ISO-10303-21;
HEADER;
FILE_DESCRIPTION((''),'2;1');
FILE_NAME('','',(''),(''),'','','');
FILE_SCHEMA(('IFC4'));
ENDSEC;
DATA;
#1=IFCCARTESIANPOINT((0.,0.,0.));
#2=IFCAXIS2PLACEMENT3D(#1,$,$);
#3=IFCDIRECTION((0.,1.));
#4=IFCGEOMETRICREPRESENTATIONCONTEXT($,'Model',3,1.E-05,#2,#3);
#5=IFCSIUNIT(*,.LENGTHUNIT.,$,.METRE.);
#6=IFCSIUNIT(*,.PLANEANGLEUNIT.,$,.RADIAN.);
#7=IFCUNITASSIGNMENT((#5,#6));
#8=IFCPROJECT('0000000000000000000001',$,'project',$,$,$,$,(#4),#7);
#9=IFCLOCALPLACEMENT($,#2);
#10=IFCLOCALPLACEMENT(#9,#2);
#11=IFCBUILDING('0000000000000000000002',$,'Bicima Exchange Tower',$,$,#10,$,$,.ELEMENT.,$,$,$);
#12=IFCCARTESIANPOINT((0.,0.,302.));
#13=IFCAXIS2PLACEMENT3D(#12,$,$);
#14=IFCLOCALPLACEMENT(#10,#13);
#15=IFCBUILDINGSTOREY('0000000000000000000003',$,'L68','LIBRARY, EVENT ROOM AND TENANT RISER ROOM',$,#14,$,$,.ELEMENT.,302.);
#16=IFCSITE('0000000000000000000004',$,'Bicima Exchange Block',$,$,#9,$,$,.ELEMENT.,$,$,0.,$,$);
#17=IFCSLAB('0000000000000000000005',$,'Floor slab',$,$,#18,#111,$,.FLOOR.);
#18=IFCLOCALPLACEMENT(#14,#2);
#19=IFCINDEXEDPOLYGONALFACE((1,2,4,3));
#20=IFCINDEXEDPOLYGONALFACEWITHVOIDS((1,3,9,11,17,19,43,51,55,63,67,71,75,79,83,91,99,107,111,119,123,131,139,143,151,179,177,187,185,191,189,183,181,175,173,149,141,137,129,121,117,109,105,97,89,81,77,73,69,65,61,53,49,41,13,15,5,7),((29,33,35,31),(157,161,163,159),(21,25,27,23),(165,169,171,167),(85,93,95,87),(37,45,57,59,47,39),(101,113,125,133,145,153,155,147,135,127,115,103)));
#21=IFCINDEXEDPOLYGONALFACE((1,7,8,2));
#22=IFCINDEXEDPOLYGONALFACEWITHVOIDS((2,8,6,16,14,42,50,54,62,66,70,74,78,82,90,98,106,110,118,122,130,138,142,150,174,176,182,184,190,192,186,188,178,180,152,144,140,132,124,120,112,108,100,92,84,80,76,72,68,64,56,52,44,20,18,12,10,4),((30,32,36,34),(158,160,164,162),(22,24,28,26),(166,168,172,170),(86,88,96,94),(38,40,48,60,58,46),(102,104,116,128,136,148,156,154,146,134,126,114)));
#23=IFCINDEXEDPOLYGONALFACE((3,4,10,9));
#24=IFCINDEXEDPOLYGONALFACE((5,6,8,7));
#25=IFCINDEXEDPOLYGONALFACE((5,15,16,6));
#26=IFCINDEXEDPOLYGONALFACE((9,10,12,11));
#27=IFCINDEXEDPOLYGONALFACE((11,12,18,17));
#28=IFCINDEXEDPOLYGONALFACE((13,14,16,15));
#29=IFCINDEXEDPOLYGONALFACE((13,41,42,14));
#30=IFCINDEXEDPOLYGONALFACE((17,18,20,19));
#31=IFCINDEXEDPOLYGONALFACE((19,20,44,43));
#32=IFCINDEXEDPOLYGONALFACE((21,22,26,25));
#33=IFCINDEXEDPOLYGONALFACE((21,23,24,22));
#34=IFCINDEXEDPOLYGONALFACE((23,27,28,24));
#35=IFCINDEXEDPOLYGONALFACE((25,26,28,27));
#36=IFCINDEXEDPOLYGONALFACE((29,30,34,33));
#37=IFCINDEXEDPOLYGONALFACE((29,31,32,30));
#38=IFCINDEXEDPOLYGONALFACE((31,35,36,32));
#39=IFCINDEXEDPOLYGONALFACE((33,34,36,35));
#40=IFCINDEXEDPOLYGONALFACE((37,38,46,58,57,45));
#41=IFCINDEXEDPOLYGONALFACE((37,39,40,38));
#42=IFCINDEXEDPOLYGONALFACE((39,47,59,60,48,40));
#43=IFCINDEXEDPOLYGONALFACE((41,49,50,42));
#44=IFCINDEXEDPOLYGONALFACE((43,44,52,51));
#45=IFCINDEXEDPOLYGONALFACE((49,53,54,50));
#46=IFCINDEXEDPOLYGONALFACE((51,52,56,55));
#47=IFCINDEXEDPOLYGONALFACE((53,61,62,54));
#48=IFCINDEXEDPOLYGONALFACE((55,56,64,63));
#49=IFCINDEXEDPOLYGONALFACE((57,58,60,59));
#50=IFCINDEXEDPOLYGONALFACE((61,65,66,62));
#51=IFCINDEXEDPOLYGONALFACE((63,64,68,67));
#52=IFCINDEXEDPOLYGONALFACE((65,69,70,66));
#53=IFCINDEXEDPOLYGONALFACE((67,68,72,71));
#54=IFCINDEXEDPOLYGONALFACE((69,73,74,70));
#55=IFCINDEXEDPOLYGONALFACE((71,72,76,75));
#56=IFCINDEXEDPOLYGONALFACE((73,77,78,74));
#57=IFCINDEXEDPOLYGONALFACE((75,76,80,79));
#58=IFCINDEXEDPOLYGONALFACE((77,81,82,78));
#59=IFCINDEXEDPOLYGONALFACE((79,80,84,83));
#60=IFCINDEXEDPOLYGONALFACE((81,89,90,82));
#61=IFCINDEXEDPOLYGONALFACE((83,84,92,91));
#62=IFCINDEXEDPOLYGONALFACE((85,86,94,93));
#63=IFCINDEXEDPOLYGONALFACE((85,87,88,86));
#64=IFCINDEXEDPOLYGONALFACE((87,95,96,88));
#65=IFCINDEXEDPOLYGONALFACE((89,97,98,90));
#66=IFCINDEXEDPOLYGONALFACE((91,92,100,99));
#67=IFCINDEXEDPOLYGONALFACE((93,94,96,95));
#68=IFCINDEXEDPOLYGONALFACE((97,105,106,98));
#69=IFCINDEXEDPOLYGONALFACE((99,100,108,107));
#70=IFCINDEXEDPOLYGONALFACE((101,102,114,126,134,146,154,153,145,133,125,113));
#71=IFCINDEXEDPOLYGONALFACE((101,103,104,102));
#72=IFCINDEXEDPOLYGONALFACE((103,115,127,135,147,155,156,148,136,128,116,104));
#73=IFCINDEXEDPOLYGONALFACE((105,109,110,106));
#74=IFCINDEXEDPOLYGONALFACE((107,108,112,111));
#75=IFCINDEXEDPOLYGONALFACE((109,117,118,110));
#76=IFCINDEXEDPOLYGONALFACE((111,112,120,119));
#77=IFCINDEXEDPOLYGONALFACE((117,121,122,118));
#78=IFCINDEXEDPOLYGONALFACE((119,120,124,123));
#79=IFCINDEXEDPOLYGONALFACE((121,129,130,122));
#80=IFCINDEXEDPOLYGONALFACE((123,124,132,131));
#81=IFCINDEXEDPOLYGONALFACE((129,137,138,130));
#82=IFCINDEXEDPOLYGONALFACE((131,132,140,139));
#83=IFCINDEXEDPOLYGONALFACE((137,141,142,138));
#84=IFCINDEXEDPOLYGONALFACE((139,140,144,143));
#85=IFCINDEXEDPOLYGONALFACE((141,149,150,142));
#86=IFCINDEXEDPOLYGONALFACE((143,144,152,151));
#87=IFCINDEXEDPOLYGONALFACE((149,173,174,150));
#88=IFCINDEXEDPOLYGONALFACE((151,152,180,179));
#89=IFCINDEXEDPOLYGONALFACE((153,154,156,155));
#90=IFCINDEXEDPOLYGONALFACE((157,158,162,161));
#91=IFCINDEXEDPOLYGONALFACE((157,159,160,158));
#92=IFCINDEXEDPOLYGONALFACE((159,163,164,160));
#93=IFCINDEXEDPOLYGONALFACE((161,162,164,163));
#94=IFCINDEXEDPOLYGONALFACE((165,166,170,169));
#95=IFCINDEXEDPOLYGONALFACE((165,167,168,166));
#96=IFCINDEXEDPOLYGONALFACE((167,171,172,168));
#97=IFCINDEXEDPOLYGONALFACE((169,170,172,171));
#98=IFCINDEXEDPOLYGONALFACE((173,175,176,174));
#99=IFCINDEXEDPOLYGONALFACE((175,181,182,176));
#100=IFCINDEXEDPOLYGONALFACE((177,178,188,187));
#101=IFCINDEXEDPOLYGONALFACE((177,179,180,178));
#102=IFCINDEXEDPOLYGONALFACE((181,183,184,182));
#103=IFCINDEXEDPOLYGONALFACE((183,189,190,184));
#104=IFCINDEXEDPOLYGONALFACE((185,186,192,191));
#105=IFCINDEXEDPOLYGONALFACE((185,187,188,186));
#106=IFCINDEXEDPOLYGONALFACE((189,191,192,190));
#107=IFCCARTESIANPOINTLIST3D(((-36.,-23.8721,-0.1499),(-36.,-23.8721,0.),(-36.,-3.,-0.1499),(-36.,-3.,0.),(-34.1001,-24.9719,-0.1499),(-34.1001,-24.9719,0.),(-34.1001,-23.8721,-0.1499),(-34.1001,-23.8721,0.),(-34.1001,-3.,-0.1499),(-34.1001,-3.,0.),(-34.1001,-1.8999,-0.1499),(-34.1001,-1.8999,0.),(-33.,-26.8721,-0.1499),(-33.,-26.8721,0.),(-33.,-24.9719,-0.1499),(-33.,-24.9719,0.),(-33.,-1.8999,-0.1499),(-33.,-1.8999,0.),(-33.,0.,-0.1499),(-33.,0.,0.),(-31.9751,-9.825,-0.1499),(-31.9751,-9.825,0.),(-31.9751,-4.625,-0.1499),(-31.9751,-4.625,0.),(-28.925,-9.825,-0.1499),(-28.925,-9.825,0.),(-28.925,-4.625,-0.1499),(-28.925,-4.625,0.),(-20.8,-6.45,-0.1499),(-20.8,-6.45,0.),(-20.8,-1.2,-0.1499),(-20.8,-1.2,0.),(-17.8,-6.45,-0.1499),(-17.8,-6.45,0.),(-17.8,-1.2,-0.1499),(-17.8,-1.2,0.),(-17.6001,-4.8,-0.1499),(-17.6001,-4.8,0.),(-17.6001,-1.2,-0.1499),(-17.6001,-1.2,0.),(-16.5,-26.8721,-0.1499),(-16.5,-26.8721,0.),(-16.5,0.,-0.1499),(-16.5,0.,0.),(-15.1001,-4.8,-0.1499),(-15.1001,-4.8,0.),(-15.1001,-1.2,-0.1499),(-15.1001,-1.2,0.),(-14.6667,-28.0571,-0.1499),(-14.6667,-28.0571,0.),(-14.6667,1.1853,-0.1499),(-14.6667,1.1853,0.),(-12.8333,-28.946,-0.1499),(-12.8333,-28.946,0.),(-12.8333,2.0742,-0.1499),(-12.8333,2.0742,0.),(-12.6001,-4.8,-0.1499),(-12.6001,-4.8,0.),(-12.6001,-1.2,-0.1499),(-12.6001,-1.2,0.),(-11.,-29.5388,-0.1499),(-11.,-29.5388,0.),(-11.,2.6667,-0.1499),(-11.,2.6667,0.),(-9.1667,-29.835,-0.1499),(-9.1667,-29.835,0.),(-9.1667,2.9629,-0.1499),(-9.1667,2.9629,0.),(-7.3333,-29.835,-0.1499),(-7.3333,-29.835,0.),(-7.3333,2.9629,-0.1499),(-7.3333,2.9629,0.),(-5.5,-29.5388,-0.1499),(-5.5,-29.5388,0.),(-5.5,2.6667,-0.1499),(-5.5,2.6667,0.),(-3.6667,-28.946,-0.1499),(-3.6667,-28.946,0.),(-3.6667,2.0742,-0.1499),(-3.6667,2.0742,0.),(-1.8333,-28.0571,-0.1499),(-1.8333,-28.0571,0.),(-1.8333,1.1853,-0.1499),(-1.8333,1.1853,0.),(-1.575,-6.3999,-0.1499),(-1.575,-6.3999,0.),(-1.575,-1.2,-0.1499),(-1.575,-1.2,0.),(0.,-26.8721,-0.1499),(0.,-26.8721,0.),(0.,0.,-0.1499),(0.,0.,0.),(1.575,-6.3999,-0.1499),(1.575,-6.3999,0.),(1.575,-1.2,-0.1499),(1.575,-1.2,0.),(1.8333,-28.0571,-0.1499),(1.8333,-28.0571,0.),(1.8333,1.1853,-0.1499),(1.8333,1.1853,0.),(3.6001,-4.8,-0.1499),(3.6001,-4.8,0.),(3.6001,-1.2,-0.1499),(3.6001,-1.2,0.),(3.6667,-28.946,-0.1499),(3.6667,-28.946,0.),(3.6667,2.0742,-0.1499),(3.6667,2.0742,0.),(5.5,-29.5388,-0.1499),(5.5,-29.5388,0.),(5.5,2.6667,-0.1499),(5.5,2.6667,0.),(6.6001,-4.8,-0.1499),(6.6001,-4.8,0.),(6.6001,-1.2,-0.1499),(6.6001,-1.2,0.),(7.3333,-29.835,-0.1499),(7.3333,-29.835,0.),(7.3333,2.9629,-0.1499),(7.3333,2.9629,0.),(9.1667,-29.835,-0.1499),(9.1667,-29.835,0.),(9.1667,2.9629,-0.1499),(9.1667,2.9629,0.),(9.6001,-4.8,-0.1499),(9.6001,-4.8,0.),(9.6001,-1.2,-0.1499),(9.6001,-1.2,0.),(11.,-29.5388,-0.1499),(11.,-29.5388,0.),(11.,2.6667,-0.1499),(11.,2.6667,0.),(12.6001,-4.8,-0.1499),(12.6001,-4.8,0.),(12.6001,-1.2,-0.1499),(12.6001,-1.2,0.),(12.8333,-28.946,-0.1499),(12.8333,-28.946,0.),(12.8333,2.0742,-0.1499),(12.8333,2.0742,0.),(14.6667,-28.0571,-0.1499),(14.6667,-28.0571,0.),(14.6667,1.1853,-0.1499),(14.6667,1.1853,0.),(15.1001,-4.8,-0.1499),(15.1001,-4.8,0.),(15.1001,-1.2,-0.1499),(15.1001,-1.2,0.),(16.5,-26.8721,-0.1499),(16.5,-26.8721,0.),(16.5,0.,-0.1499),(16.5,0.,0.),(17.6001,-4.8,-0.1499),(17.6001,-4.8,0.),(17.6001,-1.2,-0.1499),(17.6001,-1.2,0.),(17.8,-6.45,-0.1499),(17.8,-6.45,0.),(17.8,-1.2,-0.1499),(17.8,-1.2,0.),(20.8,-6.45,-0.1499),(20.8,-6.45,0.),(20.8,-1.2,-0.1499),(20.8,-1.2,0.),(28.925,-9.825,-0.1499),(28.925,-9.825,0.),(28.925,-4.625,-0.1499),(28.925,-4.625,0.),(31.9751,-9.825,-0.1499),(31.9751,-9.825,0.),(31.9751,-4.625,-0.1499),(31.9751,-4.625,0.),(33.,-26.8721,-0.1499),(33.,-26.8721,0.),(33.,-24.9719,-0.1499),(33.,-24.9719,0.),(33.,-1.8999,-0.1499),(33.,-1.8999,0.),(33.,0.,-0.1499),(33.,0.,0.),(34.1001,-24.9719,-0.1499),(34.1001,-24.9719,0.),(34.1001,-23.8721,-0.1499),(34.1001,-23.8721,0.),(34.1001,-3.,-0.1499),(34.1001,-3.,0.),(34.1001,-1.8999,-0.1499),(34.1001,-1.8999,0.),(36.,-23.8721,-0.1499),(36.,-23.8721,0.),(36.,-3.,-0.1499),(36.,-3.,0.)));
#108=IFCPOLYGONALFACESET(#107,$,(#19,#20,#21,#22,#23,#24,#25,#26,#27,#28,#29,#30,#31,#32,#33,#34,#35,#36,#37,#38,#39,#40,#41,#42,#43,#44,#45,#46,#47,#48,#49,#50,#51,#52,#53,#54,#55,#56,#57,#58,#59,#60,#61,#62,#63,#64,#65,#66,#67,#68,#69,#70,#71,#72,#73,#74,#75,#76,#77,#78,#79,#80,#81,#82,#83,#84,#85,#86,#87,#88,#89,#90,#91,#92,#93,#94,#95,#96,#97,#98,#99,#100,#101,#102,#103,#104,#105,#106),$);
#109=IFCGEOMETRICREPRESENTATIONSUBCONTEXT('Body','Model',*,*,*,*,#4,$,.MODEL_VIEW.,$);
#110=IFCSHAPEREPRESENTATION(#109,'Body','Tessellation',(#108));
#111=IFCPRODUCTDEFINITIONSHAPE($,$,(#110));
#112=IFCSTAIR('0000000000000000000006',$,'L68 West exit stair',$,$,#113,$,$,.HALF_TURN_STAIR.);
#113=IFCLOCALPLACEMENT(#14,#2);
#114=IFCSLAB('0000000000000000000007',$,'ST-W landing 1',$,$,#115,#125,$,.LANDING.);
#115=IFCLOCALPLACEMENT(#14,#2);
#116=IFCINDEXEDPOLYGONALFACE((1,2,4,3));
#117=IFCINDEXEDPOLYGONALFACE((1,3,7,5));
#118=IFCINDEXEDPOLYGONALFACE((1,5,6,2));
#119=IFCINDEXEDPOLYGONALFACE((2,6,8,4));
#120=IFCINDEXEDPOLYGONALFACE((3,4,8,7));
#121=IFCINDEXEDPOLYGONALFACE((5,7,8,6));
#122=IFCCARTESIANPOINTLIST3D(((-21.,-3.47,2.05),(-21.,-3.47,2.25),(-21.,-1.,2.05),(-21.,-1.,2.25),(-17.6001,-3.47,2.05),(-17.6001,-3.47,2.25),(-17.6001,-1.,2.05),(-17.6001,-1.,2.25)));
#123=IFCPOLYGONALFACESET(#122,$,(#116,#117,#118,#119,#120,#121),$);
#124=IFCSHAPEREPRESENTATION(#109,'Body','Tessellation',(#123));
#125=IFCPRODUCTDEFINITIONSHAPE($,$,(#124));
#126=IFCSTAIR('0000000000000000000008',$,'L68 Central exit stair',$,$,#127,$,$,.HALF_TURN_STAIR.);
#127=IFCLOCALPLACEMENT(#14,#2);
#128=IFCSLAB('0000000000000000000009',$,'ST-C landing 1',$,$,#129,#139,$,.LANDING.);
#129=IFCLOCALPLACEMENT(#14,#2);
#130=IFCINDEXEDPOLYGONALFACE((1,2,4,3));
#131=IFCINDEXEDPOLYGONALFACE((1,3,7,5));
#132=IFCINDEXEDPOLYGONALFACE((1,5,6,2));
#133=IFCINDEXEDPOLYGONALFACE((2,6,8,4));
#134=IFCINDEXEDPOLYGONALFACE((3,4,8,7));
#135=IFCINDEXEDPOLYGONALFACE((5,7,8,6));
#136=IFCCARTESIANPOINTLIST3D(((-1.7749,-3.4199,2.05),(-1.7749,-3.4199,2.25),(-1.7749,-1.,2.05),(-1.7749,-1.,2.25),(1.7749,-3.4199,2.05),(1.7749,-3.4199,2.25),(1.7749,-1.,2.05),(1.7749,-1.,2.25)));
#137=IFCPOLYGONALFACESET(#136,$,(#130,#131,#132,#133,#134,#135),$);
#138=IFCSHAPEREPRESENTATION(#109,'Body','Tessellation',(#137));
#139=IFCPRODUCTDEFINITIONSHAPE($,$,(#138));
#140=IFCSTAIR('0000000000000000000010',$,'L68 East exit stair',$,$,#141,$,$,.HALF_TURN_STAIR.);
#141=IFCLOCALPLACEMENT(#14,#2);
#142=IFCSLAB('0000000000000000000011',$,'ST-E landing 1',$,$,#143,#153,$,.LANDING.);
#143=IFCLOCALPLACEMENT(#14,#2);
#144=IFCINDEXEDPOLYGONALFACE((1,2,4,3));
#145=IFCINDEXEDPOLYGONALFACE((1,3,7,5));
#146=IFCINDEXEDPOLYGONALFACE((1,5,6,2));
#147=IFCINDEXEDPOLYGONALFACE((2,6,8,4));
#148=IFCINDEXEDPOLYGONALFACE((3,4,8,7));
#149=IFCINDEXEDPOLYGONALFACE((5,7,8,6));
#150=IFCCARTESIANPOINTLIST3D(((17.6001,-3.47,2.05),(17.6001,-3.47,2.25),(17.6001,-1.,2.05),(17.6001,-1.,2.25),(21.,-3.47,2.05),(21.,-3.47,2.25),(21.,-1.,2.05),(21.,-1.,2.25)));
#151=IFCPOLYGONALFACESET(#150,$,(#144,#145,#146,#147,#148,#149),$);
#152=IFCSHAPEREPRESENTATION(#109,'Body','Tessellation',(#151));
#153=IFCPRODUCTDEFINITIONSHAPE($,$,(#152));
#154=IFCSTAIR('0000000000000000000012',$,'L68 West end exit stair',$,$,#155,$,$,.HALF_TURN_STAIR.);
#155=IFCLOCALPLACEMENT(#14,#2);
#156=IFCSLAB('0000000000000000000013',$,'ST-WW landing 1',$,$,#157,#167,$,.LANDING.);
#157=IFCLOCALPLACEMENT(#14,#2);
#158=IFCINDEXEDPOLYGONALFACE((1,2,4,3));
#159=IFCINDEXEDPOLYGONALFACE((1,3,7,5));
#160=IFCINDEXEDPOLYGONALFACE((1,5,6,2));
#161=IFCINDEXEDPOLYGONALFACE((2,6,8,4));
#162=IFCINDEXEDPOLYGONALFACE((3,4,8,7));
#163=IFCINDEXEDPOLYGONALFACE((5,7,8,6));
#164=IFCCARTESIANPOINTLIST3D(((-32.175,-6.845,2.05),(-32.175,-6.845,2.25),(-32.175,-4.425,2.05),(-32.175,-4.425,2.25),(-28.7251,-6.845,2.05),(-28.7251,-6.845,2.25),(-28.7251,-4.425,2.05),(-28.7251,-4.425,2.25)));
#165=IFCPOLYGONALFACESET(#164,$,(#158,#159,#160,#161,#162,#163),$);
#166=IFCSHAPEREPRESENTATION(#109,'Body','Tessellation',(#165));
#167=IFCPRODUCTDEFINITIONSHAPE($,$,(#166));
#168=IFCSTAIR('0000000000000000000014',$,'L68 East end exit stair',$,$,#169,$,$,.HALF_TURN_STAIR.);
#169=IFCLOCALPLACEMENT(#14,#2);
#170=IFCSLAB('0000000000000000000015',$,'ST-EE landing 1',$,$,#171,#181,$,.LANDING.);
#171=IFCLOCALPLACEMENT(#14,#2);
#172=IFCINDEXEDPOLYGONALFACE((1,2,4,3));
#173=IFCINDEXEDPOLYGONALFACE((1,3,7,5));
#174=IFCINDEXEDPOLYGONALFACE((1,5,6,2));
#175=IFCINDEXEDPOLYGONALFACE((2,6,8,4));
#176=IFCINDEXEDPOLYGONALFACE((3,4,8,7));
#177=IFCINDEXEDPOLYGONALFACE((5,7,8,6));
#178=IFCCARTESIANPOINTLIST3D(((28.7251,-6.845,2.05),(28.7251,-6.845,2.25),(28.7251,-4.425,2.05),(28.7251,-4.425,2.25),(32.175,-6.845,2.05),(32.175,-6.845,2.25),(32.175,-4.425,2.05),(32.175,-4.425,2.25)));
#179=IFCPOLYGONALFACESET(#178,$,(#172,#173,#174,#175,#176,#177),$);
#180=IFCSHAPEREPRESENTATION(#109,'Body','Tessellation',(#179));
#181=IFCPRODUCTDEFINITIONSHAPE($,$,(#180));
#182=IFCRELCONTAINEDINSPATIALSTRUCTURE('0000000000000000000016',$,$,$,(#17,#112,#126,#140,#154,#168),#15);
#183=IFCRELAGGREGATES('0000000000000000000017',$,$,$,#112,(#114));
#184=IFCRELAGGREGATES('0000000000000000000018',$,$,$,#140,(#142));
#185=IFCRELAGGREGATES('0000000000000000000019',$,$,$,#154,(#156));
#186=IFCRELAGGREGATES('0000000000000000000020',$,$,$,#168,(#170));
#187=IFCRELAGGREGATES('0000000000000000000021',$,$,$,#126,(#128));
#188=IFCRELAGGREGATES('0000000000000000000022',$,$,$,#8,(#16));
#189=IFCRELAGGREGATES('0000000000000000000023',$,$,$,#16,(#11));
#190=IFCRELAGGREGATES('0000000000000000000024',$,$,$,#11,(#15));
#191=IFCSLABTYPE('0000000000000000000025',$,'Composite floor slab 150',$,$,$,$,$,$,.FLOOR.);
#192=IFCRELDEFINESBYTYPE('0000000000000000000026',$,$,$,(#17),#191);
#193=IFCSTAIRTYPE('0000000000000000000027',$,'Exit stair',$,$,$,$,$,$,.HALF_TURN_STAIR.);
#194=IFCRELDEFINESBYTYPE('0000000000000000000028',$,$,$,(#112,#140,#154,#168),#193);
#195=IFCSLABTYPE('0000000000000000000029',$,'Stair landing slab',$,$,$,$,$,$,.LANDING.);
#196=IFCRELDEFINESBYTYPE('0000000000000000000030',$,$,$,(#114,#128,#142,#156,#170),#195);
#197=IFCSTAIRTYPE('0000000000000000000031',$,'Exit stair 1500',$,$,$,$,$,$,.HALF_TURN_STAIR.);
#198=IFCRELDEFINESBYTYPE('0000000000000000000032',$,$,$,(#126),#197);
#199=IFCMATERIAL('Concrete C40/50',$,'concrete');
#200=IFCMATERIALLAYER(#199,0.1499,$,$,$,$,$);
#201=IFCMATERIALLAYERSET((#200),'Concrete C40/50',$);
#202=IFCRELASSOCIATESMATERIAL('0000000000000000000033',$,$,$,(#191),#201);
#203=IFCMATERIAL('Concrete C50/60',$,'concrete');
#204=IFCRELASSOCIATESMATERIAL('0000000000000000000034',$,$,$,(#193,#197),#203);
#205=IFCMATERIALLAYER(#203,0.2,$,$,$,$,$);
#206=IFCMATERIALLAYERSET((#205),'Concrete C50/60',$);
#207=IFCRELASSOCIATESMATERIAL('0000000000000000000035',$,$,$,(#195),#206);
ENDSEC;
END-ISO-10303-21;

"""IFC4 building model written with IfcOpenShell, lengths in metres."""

from ifc_helpers import new_model, si_unit, direction, frame, origin, place, context, subcontext, project, spatial, polyline, outline, extrude, material, layer, layer_set, type_object, element, aggregate, save


model = new_model("IFC4")

# Units and contexts
model_context = context("Model", 3, precision=1e-05, world=origin(), true_north=direction((0.0, 1.0)))
body_context = subcontext(model_context, "Body", "Model", "MODEL_VIEW")
ifc_project = project(units=[si_unit("LENGTHUNIT", "METRE"), si_unit("PLANEANGLEUNIT", "RADIAN")], contexts=[model_context])

# Site, building, storey
site_placement = place(None, origin())
site = spatial("IfcSite", under=ifc_project, at=site_placement, Name="Bicima Exchange Block", CompositionType="ELEMENT", RefElevation=0.0)
building_placement = place(site_placement, origin())
building = spatial("IfcBuilding", under=site, at=building_placement, Name="Bicima Exchange Tower", CompositionType="ELEMENT")
storey_placement = place(building_placement, frame((0.0, 0.0, 302.0)))
storey = spatial("IfcBuildingStorey", under=building, at=storey_placement, Name="L68", Description="LIBRARY, EVENT ROOM AND TENANT RISER ROOM", CompositionType="ELEMENT", Elevation=302.0)

# Slab
ifc_material_1 = material(Name="Concrete C40/50", Category="concrete")
ifc_layer_1 = layer(ifc_material_1, 0.1499)
ifc_layer_set_1 = layer_set([ifc_layer_1], Name="Concrete C40/50")
slab_type_1 = type_object("IfcSlabType", Name="Composite floor slab 150", PredefinedType="FLOOR", material=ifc_layer_set_1)
slab_1_placement = place(storey_placement, frame((0.0, 0.0, -0.1499)))
element("IfcSlab", 1, at=slab_1_placement, inside=storey, type_object=slab_type_1, Name="Floor slab", PredefinedType="FLOOR", context=body_context, shape_type="SweptSolid", body=[
    extrude(outline(polyline([(-36.0, -23.8721), (-36.0, -3.0), (-34.1001, -3.0), (-34.1001, -1.8999), (-33.0, -1.8999), (-33.0, 0.0), (-16.5, 0.0), (-14.6667, 1.1853), (-12.8333, 2.0742), (-11.0, 2.6667), (-9.1667, 2.9629), (-7.3333, 2.9629), (-5.5, 2.6667), (-3.6667, 2.0742), (-1.8333, 1.1853), (0.0, 0.0), (1.8333, 1.1853), (3.6667, 2.0742), (5.5, 2.6667), (7.3333, 2.9629), (9.1667, 2.9629), (11.0, 2.6667), (12.8333, 2.0742), (14.6667, 1.1853), (16.5, 0.0), (33.0, 0.0), (33.0, -1.8999), (34.1001, -1.8999), (34.1001, -3.0), (36.0, -3.0), (36.0, -23.8721), (34.1001, -23.8721), (34.1001, -24.9719), (33.0, -24.9719), (33.0, -26.8721), (16.5, -26.8721), (14.6667, -28.0571), (12.8333, -28.946), (11.0, -29.5388), (9.1667, -29.835), (7.3333, -29.835), (5.5, -29.5388), (3.6667, -28.946), (1.8333, -28.0571), (0.0, -26.8721), (-1.8333, -28.0571), (-3.6667, -28.946), (-5.5, -29.5388), (-7.3333, -29.835), (-9.1667, -29.835), (-11.0, -29.5388), (-12.8333, -28.946), (-14.6667, -28.0571), (-16.5, -26.8721), (-33.0, -26.8721), (-33.0, -24.9719), (-34.1001, -24.9719), (-34.1001, -23.8721), (-36.0, -23.8721)]), holes=[polyline([(-28.925, -9.825), (-28.925, -4.625), (-31.9751, -4.625), (-31.9751, -9.825), (-28.925, -9.825)]), polyline([(-20.8, -6.45), (-17.8, -6.45), (-17.8, -1.2), (-20.8, -1.2), (-20.8, -6.45)]), polyline([(-1.575, -6.3999), (1.575, -6.3999), (1.575, -1.2), (-1.575, -1.2), (-1.575, -6.3999)]), polyline([(-12.6001, -1.2), (-15.1001, -1.2), (-17.6001, -1.2), (-17.6001, -4.8), (-15.1001, -4.8), (-12.6001, -4.8), (-12.6001, -1.2)]), polyline([(3.6001, -4.8), (6.6001, -4.8), (9.6001, -4.8), (12.6001, -4.8), (15.1001, -4.8), (17.6001, -4.8), (17.6001, -1.2), (15.1001, -1.2), (12.6001, -1.2), (9.6001, -1.2), (6.6001, -1.2), (3.6001, -1.2), (3.6001, -4.8)]), polyline([(31.9751, -9.825), (31.9751, -4.625), (28.925, -4.625), (28.925, -9.825), (31.9751, -9.825)]), polyline([(17.8, -6.45), (20.8, -6.45), (20.8, -1.2), (17.8, -1.2), (17.8, -6.45)])]), origin(), (0.0, 0.0, 1.0), 0.1499),
])

# Stairs, slabs
ifc_material_2 = material(Name="Concrete C50/60", Category="concrete")
stair_type_1 = type_object("IfcStairType", Name="Exit stair", PredefinedType="HALF_TURN_STAIR", material=ifc_material_2)
stair_1_placement = place(storey_placement, origin())
stair_1 = element("IfcStair", 2, at=stair_1_placement, inside=storey, type_object=stair_type_1, Name="L68 West exit stair", PredefinedType="HALF_TURN_STAIR")
ifc_layer_2 = layer(ifc_material_2, 0.2)
ifc_layer_set_2 = layer_set([ifc_layer_2], Name="Concrete C50/60")
slab_type_2 = type_object("IfcSlabType", Name="Stair landing slab", PredefinedType="LANDING", material=ifc_layer_set_2)
slab_2_placement = place(storey_placement, frame((0.0, 0.0, 2.05)))
slab_2 = element("IfcSlab", 3, at=slab_2_placement, type_object=slab_type_2, Name="ST-W landing 1", PredefinedType="LANDING", context=body_context, shape_type="SweptSolid", body=[
    extrude(outline(polyline([(-17.6001, -3.47), (-17.6001, -1.0), (-21.0, -1.0), (-21.0, -3.47), (-17.6001, -3.47)])), origin(), (0.0, 0.0, 1.0), 0.2),
])
aggregate(stair_1, [slab_2])
stair_type_2 = type_object("IfcStairType", Name="Exit stair 1500", PredefinedType="HALF_TURN_STAIR", material=ifc_material_2)
stair_2_placement = place(storey_placement, origin())
stair_2 = element("IfcStair", 4, at=stair_2_placement, inside=storey, type_object=stair_type_2, Name="L68 Central exit stair", PredefinedType="HALF_TURN_STAIR")
slab_3_placement = place(storey_placement, frame((0.0, 0.0, 2.05)))
slab_3 = element("IfcSlab", 5, at=slab_3_placement, type_object=slab_type_2, Name="ST-C landing 1", PredefinedType="LANDING", context=body_context, shape_type="SweptSolid", body=[
    extrude(outline(polyline([(1.7749, -3.4199), (1.7749, -1.0), (-1.7749, -1.0), (-1.7749, -3.4199), (1.7749, -3.4199)])), origin(), (0.0, 0.0, 1.0), 0.2),
])
stair_3_placement = place(storey_placement, origin())
stair_3 = element("IfcStair", 6, at=stair_3_placement, inside=storey, type_object=stair_type_1, Name="L68 East exit stair", PredefinedType="HALF_TURN_STAIR")
slab_4_placement = place(storey_placement, frame((0.0, 0.0, 2.05)))
slab_4 = element("IfcSlab", 7, at=slab_4_placement, type_object=slab_type_2, Name="ST-E landing 1", PredefinedType="LANDING", context=body_context, shape_type="SweptSolid", body=[
    extrude(outline(polyline([(21.0, -3.47), (21.0, -1.0), (17.6001, -1.0), (17.6001, -3.47), (21.0, -3.47)])), origin(), (0.0, 0.0, 1.0), 0.2),
])
aggregate(stair_3, [slab_4])
stair_4_placement = place(storey_placement, origin())
stair_4 = element("IfcStair", 8, at=stair_4_placement, inside=storey, type_object=stair_type_1, Name="L68 West end exit stair", PredefinedType="HALF_TURN_STAIR")
slab_5_placement = place(storey_placement, frame((0.0, 0.0, 2.05)))
slab_5 = element("IfcSlab", 9, at=slab_5_placement, type_object=slab_type_2, Name="ST-WW landing 1", PredefinedType="LANDING", context=body_context, shape_type="SweptSolid", body=[
    extrude(outline(polyline([(-28.7251, -6.845), (-28.7251, -4.425), (-32.175, -4.425), (-32.175, -6.845), (-28.7251, -6.845)])), origin(), (0.0, 0.0, 1.0), 0.2),
])
aggregate(stair_4, [slab_5])
stair_5_placement = place(storey_placement, origin())
stair_5 = element("IfcStair", 10, at=stair_5_placement, inside=storey, type_object=stair_type_1, Name="L68 East end exit stair", PredefinedType="HALF_TURN_STAIR")
slab_6_placement = place(storey_placement, frame((0.0, 0.0, 2.05)))
slab_6 = element("IfcSlab", 11, at=slab_6_placement, type_object=slab_type_2, Name="ST-EE landing 1", PredefinedType="LANDING", context=body_context, shape_type="SweptSolid", body=[
    extrude(outline(polyline([(32.175, -6.845), (32.175, -4.425), (28.7251, -4.425), (28.7251, -6.845), (32.175, -6.845)])), origin(), (0.0, 0.0, 1.0), 0.2),
])
aggregate(stair_5, [slab_6])

aggregate(stair_2, [slab_3])

save(model, "model.ifc")
